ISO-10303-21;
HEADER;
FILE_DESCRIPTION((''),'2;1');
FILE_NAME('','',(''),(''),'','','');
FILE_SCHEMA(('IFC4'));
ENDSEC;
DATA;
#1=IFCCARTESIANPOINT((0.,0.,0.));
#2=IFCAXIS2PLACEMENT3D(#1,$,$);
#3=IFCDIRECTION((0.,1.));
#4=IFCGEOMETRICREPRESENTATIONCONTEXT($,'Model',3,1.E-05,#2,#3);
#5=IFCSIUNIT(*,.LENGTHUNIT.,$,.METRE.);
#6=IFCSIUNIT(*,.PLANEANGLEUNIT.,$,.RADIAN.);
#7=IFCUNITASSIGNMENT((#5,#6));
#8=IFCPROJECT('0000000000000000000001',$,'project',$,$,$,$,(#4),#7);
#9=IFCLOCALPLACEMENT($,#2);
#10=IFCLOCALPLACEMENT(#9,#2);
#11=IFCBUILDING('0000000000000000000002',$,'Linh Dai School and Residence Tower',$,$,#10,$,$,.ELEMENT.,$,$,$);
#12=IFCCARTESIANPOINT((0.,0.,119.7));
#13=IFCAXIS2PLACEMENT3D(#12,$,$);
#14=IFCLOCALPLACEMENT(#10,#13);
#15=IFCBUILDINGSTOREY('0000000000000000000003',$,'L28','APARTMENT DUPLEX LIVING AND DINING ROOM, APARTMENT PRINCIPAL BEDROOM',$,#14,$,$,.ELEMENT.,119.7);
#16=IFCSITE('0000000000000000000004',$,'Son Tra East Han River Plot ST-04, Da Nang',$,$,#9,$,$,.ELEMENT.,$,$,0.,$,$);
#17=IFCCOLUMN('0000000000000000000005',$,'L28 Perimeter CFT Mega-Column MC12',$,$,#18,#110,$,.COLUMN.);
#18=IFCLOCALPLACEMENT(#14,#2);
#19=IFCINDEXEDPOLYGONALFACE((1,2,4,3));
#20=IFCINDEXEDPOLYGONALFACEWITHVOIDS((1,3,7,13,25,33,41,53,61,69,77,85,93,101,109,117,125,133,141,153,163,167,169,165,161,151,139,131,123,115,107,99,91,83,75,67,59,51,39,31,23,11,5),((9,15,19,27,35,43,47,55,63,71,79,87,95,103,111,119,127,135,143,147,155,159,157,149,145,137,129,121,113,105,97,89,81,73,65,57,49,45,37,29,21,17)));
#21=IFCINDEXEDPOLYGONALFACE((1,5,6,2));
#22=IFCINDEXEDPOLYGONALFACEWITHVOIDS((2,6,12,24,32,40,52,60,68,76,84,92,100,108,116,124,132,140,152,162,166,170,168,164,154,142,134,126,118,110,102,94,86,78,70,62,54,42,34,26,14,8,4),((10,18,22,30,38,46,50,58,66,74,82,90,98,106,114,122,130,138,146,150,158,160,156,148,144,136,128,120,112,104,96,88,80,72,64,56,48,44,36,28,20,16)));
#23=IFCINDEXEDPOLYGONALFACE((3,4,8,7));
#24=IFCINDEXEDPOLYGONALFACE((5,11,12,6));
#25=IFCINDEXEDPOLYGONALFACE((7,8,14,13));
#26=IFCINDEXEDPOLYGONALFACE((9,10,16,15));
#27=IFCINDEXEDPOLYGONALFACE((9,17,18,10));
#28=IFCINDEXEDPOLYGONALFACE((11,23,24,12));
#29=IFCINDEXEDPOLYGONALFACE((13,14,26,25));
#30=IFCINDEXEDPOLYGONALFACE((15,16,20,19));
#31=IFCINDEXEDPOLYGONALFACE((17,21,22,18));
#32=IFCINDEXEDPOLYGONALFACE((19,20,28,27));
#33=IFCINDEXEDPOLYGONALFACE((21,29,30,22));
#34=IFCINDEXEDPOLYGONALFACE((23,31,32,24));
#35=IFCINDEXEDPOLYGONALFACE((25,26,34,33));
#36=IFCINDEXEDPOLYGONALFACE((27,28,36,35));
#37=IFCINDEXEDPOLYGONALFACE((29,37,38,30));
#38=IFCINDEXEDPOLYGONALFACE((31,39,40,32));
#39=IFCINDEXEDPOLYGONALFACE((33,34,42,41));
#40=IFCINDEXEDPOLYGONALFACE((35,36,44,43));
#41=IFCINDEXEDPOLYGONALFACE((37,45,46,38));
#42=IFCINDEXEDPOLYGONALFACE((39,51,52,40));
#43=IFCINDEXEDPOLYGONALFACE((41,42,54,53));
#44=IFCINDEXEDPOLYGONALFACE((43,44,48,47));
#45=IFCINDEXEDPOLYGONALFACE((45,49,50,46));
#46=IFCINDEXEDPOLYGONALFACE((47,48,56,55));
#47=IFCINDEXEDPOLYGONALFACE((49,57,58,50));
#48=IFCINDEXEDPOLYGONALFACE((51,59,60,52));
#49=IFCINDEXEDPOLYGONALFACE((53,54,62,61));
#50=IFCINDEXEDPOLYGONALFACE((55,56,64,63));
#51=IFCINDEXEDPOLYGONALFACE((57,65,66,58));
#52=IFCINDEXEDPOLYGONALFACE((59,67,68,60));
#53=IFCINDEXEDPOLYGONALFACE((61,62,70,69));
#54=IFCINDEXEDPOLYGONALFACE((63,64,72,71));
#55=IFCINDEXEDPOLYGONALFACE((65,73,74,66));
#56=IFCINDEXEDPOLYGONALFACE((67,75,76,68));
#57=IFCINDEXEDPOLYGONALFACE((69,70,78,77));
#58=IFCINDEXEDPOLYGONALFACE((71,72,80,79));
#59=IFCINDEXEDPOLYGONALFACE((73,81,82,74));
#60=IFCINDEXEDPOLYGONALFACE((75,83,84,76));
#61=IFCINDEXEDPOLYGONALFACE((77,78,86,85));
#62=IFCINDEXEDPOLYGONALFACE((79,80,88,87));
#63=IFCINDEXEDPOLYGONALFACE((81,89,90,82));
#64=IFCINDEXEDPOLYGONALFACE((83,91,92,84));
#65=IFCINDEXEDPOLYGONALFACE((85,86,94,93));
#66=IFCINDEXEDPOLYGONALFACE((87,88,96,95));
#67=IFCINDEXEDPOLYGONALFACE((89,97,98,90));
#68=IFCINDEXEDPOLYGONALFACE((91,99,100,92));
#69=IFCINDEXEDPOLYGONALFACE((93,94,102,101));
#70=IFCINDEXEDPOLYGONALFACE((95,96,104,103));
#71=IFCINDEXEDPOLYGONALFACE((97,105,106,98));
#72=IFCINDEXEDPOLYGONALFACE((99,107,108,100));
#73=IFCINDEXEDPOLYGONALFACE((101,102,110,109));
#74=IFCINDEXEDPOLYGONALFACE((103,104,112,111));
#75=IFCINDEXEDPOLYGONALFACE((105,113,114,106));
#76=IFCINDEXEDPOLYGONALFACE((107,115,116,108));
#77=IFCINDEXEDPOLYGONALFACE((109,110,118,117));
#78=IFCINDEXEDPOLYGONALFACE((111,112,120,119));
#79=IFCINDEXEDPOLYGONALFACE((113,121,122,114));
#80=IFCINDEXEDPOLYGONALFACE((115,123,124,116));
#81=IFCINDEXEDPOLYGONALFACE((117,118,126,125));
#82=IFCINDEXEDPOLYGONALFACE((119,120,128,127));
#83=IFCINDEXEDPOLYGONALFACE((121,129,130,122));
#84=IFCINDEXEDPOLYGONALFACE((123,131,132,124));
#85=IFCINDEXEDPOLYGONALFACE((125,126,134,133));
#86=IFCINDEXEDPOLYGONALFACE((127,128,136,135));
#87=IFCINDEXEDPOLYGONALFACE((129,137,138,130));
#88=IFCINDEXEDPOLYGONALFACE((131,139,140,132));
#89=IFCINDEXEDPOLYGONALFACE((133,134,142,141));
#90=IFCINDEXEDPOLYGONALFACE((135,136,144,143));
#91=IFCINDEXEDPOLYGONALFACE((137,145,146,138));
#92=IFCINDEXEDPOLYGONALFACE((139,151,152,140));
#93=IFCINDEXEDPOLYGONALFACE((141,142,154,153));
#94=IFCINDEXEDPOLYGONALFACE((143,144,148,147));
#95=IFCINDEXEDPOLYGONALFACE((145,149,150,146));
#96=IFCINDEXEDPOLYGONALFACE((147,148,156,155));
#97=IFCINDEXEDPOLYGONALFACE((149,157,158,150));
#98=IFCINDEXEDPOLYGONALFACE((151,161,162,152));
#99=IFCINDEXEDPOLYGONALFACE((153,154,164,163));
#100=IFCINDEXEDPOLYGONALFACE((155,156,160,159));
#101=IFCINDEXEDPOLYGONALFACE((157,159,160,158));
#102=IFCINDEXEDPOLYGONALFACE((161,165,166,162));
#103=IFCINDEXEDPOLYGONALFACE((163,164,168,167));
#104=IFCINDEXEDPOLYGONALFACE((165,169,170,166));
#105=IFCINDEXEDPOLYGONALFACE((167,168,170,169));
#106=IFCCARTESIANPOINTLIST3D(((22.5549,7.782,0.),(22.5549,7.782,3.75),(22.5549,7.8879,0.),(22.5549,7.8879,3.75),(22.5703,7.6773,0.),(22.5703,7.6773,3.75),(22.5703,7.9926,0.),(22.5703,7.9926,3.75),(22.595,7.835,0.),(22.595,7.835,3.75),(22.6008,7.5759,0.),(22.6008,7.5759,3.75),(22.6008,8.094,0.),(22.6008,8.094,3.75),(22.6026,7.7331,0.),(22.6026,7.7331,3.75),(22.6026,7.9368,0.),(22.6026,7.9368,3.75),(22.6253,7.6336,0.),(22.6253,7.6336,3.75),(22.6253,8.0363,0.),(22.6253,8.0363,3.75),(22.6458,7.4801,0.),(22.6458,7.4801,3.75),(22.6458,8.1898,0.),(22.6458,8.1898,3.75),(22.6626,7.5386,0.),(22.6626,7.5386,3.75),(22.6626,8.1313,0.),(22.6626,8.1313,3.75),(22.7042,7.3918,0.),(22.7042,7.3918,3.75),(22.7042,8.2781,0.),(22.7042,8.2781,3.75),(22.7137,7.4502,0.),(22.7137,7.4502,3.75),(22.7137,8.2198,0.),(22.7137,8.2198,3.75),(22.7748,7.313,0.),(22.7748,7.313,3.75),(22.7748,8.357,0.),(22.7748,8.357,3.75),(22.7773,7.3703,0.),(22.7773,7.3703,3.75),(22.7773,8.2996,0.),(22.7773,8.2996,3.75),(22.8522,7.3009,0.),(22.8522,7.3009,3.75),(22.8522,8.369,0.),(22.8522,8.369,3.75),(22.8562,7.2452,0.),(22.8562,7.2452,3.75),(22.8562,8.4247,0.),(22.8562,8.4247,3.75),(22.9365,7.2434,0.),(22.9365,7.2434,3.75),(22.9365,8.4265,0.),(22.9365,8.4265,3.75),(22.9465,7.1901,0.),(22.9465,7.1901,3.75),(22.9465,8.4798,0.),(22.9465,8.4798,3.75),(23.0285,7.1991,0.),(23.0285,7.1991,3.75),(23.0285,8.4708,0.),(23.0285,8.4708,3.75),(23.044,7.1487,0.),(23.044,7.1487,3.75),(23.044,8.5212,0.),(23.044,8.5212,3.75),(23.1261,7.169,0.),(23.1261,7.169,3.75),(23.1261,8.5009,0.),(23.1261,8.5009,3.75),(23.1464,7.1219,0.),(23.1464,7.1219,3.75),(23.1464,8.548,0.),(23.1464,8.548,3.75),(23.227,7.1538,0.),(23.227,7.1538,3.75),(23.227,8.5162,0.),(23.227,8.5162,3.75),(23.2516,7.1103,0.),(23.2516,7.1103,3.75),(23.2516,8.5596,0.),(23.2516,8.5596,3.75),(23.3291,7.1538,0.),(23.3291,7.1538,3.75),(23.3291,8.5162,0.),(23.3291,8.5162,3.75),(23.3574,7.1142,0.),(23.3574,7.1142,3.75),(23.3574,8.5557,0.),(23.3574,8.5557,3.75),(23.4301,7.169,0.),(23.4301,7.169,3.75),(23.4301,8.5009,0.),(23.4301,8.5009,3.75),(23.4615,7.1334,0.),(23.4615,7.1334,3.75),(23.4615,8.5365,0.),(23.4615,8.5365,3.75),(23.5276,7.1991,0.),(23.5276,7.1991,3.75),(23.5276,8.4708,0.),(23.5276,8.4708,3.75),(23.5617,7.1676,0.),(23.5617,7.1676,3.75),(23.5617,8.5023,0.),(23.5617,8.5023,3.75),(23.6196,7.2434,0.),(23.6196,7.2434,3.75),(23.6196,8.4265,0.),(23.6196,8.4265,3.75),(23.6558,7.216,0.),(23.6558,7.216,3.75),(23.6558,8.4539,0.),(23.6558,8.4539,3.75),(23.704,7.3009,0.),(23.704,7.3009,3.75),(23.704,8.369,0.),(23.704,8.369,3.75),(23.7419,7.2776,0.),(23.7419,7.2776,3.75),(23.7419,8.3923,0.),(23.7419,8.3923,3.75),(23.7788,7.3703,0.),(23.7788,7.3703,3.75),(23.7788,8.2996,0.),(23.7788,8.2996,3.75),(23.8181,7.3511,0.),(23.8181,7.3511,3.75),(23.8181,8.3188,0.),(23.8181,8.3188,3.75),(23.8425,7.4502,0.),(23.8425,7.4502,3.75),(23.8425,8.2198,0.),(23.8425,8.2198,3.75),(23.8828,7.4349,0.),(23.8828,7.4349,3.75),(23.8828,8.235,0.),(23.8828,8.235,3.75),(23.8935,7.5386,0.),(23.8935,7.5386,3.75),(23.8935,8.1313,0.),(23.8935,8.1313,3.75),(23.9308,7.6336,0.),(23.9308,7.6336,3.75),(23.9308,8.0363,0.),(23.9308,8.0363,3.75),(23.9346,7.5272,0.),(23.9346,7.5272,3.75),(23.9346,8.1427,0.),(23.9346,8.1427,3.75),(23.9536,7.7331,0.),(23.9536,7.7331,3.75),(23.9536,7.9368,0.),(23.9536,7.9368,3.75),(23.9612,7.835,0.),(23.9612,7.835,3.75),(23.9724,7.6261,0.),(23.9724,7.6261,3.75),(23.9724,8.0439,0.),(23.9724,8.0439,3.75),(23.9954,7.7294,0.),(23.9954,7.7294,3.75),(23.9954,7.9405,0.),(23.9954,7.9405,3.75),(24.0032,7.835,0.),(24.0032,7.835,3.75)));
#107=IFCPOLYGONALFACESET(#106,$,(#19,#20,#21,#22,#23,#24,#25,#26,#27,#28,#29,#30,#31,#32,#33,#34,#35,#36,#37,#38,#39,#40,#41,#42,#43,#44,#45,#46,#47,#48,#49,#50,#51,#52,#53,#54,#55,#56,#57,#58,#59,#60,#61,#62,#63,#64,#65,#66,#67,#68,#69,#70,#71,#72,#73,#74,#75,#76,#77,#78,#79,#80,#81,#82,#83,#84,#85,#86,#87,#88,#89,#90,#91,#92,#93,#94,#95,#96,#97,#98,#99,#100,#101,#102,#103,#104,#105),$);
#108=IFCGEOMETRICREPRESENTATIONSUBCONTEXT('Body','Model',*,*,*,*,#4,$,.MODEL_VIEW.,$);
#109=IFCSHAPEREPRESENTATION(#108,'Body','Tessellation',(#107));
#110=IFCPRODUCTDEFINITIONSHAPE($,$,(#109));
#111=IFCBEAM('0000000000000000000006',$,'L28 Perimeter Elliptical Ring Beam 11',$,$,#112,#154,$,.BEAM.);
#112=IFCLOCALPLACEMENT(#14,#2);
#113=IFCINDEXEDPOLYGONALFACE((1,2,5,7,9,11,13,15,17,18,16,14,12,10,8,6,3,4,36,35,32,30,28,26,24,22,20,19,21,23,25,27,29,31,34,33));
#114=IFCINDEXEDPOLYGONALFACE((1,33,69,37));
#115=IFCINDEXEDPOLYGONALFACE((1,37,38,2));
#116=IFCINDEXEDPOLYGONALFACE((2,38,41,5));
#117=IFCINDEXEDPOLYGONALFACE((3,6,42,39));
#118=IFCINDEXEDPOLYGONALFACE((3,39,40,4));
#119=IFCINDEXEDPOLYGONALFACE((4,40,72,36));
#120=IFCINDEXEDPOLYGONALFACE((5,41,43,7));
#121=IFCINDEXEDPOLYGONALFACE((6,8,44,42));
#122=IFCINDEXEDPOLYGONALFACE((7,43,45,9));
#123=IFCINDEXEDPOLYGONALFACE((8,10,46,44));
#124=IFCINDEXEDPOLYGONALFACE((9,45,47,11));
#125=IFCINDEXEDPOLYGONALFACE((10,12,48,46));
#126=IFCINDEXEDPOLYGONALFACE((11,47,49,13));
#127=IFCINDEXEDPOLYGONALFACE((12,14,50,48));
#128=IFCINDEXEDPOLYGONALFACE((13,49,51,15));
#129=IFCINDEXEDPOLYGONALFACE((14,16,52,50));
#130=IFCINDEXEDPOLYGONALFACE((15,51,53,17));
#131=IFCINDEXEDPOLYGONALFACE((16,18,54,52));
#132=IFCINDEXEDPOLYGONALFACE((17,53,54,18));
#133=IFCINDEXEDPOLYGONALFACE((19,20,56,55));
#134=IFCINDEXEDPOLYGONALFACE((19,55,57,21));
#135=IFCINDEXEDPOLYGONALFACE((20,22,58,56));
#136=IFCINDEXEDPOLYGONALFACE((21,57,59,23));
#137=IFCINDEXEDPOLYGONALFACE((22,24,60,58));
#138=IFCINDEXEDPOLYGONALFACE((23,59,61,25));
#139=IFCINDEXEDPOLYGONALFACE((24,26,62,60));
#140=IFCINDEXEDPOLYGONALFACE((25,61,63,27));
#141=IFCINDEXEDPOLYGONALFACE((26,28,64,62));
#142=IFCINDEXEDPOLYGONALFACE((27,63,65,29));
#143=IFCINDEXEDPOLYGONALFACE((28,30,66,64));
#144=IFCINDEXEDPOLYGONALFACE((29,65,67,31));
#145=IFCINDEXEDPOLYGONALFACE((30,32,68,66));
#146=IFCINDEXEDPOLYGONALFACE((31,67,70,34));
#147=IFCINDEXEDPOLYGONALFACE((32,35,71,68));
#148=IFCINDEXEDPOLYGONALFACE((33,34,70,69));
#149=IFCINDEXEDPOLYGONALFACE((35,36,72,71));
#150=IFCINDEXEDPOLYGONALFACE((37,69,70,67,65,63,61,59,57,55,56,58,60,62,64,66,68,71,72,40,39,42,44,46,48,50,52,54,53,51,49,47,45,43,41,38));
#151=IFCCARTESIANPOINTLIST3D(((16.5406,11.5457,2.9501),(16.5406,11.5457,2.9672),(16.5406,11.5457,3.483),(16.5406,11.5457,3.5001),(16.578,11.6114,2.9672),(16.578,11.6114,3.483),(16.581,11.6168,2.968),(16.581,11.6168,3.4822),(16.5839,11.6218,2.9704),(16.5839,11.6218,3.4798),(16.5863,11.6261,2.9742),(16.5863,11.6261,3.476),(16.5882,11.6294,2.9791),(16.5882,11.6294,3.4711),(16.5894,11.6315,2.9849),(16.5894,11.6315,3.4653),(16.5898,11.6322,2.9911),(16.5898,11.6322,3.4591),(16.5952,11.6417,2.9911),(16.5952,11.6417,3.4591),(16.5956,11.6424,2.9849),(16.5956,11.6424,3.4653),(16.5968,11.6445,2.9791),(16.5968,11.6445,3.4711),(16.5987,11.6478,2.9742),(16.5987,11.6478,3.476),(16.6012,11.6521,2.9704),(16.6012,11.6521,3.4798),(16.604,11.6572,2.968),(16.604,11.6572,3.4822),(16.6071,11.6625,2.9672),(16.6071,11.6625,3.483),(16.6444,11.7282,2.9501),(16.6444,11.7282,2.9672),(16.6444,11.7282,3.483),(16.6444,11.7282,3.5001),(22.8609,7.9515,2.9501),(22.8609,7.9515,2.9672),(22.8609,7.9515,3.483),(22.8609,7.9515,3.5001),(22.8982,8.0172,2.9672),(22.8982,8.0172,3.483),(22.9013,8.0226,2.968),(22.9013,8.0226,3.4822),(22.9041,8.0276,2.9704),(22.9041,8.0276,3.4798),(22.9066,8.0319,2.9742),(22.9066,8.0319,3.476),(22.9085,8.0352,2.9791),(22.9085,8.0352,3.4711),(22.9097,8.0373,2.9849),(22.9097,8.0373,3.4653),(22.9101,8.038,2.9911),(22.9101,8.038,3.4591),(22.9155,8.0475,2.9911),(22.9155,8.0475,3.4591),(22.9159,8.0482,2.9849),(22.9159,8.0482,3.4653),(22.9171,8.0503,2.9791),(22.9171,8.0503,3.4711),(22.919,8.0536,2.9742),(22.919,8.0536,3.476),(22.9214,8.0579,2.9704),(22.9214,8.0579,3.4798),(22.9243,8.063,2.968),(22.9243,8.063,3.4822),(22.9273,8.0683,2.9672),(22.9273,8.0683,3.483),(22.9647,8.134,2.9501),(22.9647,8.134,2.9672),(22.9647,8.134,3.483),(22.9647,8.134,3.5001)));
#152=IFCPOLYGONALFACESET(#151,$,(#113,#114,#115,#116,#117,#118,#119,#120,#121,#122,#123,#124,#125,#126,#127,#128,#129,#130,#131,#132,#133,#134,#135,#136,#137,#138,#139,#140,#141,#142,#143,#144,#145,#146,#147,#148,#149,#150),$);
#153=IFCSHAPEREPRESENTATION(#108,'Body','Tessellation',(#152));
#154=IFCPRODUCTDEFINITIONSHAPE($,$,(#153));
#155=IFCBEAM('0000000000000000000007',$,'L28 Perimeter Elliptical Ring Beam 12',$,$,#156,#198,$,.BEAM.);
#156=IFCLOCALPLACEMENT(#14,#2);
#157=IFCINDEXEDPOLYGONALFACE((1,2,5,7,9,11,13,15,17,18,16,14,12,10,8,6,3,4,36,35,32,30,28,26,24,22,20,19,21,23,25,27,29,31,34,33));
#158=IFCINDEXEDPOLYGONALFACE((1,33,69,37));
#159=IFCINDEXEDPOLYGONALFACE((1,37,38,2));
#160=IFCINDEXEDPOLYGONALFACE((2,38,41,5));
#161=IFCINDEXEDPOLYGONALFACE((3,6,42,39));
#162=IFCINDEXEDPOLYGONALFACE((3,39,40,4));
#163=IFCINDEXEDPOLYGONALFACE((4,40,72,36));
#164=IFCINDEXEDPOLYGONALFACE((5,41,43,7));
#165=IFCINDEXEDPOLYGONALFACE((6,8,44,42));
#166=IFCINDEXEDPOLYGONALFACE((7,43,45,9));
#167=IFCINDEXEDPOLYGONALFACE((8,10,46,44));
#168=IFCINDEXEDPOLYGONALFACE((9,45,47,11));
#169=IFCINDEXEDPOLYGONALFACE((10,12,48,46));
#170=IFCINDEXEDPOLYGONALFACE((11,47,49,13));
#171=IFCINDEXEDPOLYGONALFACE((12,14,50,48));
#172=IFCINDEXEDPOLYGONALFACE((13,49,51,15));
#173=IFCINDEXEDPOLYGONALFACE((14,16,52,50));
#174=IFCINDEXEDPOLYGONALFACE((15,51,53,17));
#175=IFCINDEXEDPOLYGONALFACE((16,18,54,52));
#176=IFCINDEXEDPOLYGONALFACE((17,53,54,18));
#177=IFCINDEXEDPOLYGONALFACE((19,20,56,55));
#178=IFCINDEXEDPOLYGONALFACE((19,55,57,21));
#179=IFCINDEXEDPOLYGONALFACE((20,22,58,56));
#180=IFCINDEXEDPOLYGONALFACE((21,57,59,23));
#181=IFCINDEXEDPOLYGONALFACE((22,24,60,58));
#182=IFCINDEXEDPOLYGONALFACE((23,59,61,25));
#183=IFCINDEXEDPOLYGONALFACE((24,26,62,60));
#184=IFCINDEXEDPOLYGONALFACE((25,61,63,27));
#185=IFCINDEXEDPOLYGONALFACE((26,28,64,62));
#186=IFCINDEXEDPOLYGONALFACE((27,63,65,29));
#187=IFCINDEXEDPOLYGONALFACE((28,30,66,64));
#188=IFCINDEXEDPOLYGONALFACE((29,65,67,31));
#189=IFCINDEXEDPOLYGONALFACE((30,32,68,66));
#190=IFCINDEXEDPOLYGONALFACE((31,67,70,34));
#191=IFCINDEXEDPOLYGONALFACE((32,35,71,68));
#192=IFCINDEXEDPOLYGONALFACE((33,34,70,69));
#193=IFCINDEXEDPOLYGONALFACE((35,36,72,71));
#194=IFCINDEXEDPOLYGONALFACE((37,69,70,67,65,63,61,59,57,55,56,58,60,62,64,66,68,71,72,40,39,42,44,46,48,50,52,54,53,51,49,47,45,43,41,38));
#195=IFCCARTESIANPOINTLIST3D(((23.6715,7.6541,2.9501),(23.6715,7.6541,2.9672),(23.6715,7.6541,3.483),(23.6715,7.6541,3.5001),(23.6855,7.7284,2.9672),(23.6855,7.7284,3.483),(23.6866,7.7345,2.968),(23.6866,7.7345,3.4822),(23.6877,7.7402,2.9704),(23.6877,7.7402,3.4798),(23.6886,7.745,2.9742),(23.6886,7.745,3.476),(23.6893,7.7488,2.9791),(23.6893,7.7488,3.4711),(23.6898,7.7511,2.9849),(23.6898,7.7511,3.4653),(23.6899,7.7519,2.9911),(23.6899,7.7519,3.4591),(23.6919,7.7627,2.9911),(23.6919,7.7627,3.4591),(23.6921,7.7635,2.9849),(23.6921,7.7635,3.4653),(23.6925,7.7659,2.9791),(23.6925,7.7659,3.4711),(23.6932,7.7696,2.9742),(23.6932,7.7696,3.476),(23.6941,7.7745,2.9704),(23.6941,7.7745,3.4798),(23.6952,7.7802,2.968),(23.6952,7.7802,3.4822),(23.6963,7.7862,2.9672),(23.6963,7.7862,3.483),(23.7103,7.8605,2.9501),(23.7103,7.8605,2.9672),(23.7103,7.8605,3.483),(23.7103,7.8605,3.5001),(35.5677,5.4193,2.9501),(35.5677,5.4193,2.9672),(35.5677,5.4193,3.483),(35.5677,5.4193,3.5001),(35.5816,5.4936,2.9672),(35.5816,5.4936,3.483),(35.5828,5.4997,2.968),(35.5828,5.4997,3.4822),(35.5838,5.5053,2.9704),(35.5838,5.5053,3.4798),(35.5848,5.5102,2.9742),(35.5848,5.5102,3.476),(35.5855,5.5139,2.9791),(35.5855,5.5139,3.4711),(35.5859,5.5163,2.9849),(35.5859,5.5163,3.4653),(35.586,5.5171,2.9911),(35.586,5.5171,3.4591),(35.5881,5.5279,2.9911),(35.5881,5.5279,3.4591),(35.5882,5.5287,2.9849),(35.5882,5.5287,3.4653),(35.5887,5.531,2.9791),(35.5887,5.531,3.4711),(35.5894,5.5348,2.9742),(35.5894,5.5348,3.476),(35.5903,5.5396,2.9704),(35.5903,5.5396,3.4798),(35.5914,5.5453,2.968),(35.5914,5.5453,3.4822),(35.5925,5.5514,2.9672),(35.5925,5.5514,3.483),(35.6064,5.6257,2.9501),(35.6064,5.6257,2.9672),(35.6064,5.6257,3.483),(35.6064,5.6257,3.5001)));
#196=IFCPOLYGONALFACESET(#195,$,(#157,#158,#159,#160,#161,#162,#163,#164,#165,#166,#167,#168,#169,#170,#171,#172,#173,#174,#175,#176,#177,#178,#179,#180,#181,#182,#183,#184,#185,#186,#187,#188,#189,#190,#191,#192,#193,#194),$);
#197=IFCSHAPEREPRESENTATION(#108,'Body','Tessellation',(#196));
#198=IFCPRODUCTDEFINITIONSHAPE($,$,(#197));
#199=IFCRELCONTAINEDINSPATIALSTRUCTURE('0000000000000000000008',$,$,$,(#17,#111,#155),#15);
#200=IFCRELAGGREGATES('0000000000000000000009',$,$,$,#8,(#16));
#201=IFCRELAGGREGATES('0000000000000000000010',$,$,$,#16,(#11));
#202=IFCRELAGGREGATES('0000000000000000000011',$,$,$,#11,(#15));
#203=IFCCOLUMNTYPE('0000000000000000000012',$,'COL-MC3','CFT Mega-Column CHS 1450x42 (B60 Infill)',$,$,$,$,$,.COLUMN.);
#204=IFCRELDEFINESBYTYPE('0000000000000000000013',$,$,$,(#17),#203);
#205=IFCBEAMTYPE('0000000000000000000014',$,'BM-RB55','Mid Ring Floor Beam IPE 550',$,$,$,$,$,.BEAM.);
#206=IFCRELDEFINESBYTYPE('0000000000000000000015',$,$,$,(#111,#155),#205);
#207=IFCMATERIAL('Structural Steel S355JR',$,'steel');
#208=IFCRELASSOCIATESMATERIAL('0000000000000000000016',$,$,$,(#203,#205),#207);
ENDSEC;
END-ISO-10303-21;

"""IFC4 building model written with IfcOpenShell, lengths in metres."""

from ifc_helpers import new_model, si_unit, direction, frame, origin, origin_2d, place, context, subcontext, project, spatial, hollow_circle, i_section, extrude, material, material_profile, profile_set, type_object, element, save


model = new_model("IFC4")

# Units and contexts
model_context = context("Model", 3, precision=1e-05, world=origin(), true_north=direction((0.0, 1.0)))
body_context = subcontext(model_context, "Body", "Model", "MODEL_VIEW")
ifc_project = project(units=[si_unit("LENGTHUNIT", "METRE"), si_unit("PLANEANGLEUNIT", "RADIAN")], contexts=[model_context])

# Site, building, storey
site_placement = place(None, origin())
site = spatial("IfcSite", under=ifc_project, at=site_placement, Name="Son Tra East Han River Plot ST-04, Da Nang", CompositionType="ELEMENT", RefElevation=0.0)
building_placement = place(site_placement, origin())
building = spatial("IfcBuilding", under=site, at=building_placement, Name="Linh Dai School and Residence Tower", CompositionType="ELEMENT")
storey_placement = place(building_placement, frame((0.0, 0.0, 119.7)))
storey = spatial("IfcBuildingStorey", under=building, at=storey_placement, Name="L28", Description="APARTMENT DUPLEX LIVING AND DINING ROOM, APARTMENT PRINCIPAL BEDROOM", CompositionType="ELEMENT", Elevation=119.7)

# Column
ifc_material_1 = material(Name="Structural Steel S355JR", Category="steel")
ifc_material_profile_1 = material_profile(ifc_material_1, hollow_circle(Radius=0.7251, WallThickness=0.042, at=origin_2d()), Name="CHS 1450x42")
ifc_profile_set_1 = profile_set([ifc_material_profile_1], Name="Structural Steel S355JR")
column_type_1 = type_object("IfcColumnType", Name="COL-MC3", Description="CFT Mega-Column CHS 1450x42 (B60 Infill)", PredefinedType="COLUMN", material=ifc_profile_set_1)
for number, where, z_axis, x_axis, name in (
    (1, (23.2781, 7.835, 0.0), (0.0, 0.0, 1.0), (1.0, 0.0, 0.0), "L28 Perimeter CFT Mega-Column MC12"),
):
    element("IfcColumn", number, at=place(storey_placement, frame(where, z_axis=z_axis, x_axis=x_axis)), inside=storey, type_object=column_type_1, Name=name, PredefinedType="COLUMN", context=body_context, shape_type="SweptSolid", body=[
        extrude(hollow_circle(Radius=0.7251, WallThickness=0.042, at=origin_2d()), origin(), (0.0, 0.0, 1.0), 3.75),
    ])

# Beams
ifc_material_profile_2 = material_profile(ifc_material_1, i_section(OverallWidth=0.21, OverallDepth=0.55, WebThickness=0.011, FlangeThickness=0.0171, FilletRadius=0.0239, at=origin_2d()), Name="IPE 550")
ifc_profile_set_2 = profile_set([ifc_material_profile_2], Name="Structural Steel S355JR")
beam_type_1 = type_object("IfcBeamType", Name="BM-RB55", Description="Mid Ring Floor Beam IPE 550", PredefinedType="BEAM", material=ifc_profile_set_2)
beam_1_placement = place(storey_placement, frame((16.5925, 11.637, 3.2251), z_axis=(0.86927, -0.494337, 0.0), x_axis=(0.494337, 0.86927, 0.0)))
element("IfcBeam", 2, at=beam_1_placement, inside=storey, type_object=beam_type_1, Name="L28 Perimeter Elliptical Ring Beam 11", PredefinedType="BEAM", context=body_context, shape_type="SweptSolid", body=[
    extrude(i_section(OverallWidth=0.21, OverallDepth=0.55, WebThickness=0.011, FlangeThickness=0.0171, FilletRadius=0.0239, at=origin_2d()), origin(), (0.0, 0.0, 1.0), 7.2708),
])
beam_2_placement = place(storey_placement, frame((23.6909, 7.7573, 3.2251), z_axis=(0.982808, -0.184633, 0.0), x_axis=(0.184633, 0.982808, 0.0)))
element("IfcBeam", 3, at=beam_2_placement, inside=storey, type_object=beam_type_1, Name="L28 Perimeter Elliptical Ring Beam 12", PredefinedType="BEAM", context=body_context, shape_type="SweptSolid", body=[
    extrude(i_section(OverallWidth=0.21, OverallDepth=0.55, WebThickness=0.011, FlangeThickness=0.0171, FilletRadius=0.0239, at=origin_2d()), origin(), (0.0, 0.0, 1.0), 12.1042),
])

save(model, "model.ifc")
